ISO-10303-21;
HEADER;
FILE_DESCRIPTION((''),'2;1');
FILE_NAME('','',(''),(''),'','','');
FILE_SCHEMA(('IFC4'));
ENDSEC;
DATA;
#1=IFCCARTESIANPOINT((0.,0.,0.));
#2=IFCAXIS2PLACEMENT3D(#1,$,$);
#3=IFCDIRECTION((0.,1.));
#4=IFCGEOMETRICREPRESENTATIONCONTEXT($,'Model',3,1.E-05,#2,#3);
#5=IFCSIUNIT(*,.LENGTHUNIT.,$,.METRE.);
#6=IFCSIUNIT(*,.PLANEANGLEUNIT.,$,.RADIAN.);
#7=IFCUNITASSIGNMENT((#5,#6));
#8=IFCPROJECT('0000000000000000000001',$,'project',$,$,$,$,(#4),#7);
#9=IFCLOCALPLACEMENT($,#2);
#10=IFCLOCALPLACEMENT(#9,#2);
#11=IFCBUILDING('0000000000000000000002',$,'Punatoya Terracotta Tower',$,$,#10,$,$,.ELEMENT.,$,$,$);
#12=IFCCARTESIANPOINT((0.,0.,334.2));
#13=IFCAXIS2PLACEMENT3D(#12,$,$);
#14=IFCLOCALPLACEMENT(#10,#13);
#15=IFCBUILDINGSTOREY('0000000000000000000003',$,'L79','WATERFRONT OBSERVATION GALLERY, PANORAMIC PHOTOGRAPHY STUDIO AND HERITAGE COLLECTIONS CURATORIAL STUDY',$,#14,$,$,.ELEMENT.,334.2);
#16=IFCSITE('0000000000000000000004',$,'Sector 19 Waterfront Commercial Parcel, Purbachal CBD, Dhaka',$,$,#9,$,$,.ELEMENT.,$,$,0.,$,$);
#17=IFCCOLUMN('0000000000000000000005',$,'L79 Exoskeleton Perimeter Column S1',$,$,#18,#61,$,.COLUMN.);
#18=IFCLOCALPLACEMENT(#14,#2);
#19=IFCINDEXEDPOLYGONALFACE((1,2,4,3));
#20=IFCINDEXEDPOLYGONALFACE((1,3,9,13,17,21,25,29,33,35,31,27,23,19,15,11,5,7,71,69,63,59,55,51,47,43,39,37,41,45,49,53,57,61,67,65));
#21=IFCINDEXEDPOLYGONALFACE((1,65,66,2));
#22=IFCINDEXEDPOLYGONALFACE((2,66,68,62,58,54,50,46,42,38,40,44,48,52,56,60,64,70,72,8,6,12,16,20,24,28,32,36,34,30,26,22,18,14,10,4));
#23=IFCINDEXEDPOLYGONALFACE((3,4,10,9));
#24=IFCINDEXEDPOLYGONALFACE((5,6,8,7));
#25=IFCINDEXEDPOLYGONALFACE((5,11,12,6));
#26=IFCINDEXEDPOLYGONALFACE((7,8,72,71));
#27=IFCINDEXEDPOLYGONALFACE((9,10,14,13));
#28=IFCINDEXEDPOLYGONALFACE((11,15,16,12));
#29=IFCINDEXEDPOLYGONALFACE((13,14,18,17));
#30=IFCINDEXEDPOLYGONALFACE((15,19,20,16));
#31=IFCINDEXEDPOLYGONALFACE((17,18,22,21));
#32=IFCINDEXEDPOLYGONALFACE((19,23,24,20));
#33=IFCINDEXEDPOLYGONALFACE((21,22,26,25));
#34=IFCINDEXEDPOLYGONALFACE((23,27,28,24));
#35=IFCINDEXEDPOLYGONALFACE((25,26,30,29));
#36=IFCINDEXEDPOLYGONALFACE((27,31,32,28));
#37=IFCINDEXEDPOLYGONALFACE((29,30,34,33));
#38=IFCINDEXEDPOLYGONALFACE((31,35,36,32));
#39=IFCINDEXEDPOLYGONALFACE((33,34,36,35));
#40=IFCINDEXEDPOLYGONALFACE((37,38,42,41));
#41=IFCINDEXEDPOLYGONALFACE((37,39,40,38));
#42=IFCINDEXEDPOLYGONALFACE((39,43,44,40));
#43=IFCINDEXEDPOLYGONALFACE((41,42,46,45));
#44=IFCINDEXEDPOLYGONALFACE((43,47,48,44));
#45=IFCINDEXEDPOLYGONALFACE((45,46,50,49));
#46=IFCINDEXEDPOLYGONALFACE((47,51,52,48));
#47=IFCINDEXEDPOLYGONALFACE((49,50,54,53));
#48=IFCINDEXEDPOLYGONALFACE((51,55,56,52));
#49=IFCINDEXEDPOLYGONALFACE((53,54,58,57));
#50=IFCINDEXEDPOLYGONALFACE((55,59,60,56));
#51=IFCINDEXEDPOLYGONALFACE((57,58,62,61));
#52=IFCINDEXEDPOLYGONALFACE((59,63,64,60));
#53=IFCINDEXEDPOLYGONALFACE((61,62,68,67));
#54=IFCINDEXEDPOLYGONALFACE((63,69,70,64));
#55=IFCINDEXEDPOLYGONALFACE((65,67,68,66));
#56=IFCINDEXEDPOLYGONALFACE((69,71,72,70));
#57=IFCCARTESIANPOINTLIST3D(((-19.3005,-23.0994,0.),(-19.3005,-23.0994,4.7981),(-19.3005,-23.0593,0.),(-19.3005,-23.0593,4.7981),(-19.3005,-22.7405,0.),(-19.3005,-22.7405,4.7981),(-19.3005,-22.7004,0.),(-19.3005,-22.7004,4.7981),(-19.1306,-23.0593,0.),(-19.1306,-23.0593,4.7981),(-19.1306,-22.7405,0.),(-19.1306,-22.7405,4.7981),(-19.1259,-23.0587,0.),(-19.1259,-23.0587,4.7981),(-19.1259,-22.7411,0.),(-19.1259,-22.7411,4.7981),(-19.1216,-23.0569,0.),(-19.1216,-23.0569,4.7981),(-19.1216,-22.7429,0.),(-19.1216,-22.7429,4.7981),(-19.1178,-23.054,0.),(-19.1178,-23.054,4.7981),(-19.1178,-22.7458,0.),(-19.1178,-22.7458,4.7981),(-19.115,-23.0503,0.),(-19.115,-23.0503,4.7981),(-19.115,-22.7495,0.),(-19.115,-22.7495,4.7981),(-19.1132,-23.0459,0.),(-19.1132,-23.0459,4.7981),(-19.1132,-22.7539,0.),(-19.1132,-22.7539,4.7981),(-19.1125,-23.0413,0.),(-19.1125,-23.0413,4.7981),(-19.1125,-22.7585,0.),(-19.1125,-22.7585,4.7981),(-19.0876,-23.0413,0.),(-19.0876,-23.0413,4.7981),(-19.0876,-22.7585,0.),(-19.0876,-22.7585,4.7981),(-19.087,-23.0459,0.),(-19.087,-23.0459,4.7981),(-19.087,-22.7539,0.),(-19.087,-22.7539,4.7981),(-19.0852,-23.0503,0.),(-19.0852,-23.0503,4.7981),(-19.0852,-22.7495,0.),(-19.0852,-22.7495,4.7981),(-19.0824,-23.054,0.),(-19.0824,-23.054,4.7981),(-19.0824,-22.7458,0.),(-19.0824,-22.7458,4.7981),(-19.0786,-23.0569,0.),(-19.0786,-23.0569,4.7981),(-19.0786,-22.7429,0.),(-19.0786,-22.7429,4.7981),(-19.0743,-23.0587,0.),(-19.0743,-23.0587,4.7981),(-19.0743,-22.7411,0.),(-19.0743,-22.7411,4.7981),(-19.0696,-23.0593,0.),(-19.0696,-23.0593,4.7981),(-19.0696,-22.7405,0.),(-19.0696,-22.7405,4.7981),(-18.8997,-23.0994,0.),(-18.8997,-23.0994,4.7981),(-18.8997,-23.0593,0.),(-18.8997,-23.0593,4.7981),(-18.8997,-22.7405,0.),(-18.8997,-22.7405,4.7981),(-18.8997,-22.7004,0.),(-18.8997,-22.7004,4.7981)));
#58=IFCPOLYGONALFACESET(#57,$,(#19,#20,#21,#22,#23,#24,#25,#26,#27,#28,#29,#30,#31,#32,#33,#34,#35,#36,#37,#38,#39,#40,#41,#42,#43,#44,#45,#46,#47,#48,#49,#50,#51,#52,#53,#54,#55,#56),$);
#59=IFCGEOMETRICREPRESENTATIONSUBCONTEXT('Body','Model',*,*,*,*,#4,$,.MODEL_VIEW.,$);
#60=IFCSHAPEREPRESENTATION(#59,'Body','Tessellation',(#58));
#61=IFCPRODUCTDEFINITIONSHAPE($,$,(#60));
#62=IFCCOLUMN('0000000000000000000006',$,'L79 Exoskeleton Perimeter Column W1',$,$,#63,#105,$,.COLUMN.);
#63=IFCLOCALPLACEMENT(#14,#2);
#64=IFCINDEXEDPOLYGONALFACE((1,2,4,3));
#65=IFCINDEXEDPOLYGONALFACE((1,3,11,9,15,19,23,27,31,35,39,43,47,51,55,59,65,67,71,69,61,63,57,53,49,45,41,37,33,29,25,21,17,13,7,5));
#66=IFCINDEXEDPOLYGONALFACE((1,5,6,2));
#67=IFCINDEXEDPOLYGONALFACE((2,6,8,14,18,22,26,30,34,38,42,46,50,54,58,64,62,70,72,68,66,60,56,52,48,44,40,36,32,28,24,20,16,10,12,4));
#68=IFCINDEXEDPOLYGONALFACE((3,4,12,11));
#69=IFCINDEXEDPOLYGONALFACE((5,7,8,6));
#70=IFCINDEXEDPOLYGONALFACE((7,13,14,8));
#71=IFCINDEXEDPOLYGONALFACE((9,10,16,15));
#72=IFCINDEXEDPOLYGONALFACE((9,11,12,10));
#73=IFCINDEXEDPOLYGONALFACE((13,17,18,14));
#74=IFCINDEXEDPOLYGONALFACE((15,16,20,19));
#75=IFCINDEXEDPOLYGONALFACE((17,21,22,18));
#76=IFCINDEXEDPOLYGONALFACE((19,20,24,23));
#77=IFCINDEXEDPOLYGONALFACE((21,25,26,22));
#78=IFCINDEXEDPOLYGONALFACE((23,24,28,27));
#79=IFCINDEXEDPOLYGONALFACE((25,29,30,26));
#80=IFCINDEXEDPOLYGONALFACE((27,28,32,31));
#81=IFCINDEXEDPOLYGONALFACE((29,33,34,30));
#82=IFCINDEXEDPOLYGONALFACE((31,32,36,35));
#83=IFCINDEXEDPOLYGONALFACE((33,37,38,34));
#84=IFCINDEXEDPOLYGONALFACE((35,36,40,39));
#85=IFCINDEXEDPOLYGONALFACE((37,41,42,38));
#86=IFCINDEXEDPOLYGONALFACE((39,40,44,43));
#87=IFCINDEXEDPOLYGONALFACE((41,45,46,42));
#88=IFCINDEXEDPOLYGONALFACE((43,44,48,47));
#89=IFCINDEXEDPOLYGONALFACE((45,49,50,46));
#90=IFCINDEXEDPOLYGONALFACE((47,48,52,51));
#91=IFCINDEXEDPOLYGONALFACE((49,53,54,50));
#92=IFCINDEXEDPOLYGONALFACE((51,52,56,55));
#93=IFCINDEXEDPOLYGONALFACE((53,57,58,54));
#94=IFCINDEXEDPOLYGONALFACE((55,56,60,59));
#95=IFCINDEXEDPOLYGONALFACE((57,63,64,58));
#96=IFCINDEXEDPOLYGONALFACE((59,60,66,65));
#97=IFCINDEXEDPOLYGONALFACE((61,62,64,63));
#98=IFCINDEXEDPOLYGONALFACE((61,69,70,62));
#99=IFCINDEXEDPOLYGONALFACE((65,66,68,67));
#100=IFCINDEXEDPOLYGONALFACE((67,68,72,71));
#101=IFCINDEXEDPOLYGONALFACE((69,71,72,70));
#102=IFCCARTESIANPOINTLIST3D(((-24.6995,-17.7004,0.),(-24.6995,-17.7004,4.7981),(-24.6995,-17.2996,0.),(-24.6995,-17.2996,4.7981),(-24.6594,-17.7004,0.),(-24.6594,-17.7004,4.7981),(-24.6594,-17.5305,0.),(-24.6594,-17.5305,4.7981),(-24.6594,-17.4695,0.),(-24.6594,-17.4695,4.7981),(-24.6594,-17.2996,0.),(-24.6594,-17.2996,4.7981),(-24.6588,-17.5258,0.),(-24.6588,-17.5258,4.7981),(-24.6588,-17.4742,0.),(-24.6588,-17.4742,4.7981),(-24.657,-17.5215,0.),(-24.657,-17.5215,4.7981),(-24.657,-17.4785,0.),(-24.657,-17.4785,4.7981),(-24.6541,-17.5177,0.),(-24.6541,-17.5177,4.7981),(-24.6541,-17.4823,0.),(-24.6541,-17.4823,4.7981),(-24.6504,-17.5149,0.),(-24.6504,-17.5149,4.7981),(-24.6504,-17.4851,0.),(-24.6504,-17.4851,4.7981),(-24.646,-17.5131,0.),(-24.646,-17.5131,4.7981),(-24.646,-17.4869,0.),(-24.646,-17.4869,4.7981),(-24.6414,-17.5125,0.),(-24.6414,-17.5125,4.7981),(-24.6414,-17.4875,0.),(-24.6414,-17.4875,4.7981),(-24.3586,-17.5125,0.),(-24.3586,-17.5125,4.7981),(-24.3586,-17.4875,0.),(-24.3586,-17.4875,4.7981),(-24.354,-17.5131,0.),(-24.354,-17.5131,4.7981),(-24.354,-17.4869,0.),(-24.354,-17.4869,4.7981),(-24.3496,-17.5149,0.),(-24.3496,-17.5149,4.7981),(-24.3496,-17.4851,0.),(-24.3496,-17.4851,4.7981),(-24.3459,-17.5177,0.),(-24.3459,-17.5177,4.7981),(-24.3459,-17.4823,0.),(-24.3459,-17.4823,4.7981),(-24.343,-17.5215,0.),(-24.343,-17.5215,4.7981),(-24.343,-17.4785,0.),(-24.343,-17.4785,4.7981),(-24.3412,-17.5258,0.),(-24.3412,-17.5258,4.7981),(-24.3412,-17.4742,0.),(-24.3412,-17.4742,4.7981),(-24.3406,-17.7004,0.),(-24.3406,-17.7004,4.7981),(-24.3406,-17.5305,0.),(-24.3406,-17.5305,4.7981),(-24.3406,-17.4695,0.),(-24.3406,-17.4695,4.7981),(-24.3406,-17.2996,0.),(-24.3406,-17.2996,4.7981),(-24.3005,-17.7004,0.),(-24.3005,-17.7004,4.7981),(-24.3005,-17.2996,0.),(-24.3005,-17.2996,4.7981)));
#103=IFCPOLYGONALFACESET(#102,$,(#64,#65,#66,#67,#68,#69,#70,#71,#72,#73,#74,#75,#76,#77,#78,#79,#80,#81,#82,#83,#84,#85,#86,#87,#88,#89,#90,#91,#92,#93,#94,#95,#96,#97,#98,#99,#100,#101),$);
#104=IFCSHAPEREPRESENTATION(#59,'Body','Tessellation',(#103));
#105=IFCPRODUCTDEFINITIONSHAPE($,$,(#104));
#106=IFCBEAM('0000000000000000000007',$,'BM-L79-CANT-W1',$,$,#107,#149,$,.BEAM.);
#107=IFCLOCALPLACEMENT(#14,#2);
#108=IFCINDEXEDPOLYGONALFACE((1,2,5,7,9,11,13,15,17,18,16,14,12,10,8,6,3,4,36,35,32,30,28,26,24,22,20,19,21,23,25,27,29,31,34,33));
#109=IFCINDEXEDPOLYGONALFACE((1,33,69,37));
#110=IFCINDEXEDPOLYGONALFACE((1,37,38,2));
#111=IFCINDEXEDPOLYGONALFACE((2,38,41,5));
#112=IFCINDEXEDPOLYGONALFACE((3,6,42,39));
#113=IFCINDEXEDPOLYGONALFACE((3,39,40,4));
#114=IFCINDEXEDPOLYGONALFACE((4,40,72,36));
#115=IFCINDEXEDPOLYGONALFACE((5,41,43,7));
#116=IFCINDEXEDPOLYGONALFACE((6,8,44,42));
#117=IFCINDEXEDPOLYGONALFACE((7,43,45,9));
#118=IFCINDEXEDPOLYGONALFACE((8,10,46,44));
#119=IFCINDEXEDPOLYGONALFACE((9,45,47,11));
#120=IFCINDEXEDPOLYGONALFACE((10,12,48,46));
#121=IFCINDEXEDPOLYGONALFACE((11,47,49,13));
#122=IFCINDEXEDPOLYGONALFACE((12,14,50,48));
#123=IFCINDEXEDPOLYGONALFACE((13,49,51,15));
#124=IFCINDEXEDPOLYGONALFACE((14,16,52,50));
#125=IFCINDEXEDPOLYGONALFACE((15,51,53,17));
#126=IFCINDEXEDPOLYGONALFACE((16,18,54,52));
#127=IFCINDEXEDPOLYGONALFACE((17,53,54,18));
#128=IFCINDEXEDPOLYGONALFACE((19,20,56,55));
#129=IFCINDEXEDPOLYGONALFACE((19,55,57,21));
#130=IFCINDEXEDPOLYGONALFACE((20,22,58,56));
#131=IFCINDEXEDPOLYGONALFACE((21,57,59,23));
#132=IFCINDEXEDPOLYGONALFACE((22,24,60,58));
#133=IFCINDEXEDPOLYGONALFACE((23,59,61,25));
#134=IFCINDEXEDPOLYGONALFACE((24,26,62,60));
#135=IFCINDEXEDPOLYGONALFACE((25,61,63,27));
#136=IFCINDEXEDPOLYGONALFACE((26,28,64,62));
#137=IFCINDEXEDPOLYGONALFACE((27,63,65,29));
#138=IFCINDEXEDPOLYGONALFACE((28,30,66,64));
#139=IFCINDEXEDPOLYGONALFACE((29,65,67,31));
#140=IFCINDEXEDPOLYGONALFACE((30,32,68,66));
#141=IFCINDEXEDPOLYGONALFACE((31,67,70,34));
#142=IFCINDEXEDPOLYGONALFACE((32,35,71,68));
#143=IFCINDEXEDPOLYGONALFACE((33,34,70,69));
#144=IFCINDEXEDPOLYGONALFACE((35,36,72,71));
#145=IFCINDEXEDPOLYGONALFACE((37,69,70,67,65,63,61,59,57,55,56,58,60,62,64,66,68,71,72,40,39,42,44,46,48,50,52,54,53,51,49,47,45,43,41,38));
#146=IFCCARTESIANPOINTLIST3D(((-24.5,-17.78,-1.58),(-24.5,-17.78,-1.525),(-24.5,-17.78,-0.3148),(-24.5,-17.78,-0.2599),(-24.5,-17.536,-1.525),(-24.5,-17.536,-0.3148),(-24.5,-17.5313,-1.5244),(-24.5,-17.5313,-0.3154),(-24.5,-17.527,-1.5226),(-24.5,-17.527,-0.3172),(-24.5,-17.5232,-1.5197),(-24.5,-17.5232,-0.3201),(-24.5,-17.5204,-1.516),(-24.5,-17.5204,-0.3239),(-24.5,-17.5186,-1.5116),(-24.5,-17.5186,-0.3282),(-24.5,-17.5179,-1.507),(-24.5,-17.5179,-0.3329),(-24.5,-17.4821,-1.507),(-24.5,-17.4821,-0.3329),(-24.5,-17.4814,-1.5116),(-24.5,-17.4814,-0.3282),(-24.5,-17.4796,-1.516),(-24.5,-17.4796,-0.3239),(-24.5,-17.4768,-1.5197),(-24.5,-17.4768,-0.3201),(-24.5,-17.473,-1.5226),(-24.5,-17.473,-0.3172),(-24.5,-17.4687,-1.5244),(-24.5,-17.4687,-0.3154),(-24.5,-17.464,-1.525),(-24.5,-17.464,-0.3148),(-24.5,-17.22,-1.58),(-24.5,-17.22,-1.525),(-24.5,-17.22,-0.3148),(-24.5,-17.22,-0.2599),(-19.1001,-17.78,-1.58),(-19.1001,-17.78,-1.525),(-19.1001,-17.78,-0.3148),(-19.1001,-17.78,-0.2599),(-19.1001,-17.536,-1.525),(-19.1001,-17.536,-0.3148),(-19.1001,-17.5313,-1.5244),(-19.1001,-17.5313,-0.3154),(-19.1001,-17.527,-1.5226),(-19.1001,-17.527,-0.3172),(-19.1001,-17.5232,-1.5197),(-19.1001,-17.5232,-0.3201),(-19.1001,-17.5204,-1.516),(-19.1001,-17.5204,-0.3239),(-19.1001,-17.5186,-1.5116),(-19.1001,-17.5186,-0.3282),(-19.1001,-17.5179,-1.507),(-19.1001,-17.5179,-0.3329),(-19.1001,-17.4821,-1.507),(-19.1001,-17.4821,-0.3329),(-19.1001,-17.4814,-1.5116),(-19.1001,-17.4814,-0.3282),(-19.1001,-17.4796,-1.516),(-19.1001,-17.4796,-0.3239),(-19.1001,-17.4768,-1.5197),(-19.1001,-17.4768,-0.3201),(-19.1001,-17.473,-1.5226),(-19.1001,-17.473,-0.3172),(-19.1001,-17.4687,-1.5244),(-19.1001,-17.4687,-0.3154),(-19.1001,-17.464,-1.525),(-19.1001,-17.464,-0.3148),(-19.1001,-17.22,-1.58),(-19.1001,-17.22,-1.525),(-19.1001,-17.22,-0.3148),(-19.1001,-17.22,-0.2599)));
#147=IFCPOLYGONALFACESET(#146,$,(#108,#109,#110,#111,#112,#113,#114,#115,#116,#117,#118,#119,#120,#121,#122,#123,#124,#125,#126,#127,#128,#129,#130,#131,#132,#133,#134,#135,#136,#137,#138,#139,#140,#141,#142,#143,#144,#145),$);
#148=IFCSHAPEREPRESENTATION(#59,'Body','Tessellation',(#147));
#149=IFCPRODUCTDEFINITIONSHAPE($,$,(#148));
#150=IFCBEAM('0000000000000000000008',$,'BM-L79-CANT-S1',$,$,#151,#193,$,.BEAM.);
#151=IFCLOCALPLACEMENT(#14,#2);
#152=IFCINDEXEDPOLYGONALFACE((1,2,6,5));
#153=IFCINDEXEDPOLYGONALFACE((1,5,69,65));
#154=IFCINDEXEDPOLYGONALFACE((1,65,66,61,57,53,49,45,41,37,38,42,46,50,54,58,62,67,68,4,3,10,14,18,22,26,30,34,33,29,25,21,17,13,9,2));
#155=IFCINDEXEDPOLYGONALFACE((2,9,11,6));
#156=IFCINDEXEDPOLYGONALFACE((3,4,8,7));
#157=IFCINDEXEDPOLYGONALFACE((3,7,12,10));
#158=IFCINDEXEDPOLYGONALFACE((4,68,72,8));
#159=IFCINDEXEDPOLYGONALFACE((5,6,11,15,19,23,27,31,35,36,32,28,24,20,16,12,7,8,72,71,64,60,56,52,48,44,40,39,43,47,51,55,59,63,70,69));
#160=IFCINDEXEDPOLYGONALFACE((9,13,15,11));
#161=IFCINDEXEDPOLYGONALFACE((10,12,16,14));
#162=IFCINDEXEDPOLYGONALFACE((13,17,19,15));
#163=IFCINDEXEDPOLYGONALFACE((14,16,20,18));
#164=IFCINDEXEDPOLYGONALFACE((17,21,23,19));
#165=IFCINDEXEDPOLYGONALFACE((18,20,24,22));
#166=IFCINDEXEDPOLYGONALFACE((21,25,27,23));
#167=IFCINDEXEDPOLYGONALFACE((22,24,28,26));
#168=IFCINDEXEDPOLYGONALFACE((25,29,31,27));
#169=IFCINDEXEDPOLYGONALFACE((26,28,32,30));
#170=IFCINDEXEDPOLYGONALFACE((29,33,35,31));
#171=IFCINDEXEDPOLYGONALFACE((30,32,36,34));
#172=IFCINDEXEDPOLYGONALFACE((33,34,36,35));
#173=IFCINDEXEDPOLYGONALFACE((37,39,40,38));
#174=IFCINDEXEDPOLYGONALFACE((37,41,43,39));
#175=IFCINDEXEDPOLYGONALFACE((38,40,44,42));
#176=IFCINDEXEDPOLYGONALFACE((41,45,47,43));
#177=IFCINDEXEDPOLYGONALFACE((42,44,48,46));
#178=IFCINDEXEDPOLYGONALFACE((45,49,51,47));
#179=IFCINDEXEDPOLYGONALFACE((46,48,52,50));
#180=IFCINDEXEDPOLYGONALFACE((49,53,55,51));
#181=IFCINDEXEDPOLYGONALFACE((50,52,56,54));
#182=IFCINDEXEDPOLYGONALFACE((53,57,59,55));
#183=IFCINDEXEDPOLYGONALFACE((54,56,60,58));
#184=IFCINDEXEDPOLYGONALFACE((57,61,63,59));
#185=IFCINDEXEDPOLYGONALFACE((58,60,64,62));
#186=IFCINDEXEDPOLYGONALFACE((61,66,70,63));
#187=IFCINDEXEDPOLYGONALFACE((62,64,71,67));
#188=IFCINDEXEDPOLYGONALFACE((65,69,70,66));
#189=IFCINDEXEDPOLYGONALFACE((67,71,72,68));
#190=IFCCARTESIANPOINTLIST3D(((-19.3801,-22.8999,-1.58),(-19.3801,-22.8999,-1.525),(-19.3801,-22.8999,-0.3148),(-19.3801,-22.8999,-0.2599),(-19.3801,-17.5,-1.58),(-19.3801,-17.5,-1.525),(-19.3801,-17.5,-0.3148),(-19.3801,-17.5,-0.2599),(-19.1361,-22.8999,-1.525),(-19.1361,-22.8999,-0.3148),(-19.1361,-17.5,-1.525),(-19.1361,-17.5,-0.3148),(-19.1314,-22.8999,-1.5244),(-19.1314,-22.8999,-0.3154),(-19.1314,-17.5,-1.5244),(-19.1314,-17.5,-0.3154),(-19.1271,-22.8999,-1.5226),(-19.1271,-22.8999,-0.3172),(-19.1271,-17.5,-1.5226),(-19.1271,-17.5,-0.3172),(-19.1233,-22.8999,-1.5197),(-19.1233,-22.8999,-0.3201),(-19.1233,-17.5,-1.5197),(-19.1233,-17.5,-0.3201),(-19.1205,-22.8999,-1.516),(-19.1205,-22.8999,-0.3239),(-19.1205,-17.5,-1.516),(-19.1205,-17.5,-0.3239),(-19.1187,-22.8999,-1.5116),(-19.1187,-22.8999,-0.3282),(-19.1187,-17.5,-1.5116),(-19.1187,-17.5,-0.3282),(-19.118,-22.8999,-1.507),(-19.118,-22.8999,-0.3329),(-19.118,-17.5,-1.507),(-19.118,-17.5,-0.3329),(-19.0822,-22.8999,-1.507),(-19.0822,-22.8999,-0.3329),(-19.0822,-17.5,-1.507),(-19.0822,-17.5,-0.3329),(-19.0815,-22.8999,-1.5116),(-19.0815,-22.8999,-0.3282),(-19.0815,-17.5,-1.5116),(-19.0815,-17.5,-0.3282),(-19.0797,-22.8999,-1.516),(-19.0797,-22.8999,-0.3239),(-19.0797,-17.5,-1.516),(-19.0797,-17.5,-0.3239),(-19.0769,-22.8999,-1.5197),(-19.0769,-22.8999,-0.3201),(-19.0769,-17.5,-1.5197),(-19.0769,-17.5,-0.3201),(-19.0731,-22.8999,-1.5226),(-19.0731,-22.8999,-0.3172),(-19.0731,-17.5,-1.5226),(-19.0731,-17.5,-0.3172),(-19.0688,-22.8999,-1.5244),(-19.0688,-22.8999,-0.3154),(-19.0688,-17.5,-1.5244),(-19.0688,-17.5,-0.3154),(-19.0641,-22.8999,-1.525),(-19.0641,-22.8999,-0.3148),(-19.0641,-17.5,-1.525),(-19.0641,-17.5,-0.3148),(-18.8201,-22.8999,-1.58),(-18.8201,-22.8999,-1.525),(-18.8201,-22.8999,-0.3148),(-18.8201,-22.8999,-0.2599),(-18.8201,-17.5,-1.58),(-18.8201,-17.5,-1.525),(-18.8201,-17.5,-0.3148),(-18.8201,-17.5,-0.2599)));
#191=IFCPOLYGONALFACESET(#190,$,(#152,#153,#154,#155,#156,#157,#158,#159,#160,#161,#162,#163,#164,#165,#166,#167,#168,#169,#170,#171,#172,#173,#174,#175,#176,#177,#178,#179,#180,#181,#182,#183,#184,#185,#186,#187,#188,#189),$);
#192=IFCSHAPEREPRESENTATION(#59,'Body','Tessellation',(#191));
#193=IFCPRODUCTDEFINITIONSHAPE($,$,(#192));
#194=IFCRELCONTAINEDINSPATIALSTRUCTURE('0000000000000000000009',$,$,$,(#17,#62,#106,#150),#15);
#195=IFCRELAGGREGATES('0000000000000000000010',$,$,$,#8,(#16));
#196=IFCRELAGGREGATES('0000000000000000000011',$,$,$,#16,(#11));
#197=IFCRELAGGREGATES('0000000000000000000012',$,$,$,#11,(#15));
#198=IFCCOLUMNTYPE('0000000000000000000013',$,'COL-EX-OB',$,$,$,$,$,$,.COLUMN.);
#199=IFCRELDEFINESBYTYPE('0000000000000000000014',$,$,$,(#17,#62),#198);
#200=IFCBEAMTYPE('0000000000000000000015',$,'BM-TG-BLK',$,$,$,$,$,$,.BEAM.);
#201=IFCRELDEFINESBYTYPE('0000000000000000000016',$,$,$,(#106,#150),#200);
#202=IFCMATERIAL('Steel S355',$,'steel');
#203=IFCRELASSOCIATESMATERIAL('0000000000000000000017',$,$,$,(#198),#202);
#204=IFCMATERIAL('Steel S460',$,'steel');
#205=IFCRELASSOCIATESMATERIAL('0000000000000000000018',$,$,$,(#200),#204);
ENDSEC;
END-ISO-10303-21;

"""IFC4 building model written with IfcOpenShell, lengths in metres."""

from ifc_helpers import new_model, si_unit, direction, frame, origin, origin_2d, place, context, subcontext, project, spatial, i_section, extrude, material, material_profile, profile_set, type_object, element, save


model = new_model("IFC4")

# Units and contexts
model_context = context("Model", 3, precision=1e-05, world=origin(), true_north=direction((0.0, 1.0)))
body_context = subcontext(model_context, "Body", "Model", "MODEL_VIEW")
ifc_project = project(units=[si_unit("LENGTHUNIT", "METRE"), si_unit("PLANEANGLEUNIT", "RADIAN")], contexts=[model_context])

# Site, building, storey
site_placement = place(None, origin())
site = spatial("IfcSite", under=ifc_project, at=site_placement, Name="Sector 19 Waterfront Commercial Parcel, Purbachal CBD, Dhaka", CompositionType="ELEMENT", RefElevation=0.0)
building_placement = place(site_placement, origin())
building = spatial("IfcBuilding", under=site, at=building_placement, Name="Punatoya Terracotta Tower", CompositionType="ELEMENT")
storey_placement = place(building_placement, frame((0.0, 0.0, 334.2)))
storey = spatial("IfcBuildingStorey", under=building, at=storey_placement, Name="L79", Description="WATERFRONT OBSERVATION GALLERY, PANORAMIC PHOTOGRAPHY STUDIO AND HERITAGE COLLECTIONS CURATORIAL STUDY", CompositionType="ELEMENT", Elevation=334.2)

# Columns
ifc_material_1 = material(Name="Steel S355", Category="steel")
ifc_material_profile_1 = material_profile(ifc_material_1, i_section(OverallWidth=0.4009, OverallDepth=0.3989, WebThickness=0.0249, FlangeThickness=0.04, FilletRadius=0.0181, at=origin_2d()))
ifc_profile_set_1 = profile_set([ifc_material_profile_1], Name="Steel S355")
column_type = type_object("IfcColumnType", Name="COL-EX-OB", PredefinedType="COLUMN", material=ifc_profile_set_1)
for number, where, z_axis, x_axis, name in (
    (1, (-19.1001, -22.8999, 0.0), (0.0, 0.0, 1.0), (1.0, 0.0, 0.0), "L79 Exoskeleton Perimeter Column S1"),
    (2, (-24.5, -17.5, 0.0), (0.0, 0.0, 1.0), (0.0, 1.0, 0.0), "L79 Exoskeleton Perimeter Column W1"),
):
    element("IfcColumn", number, at=place(storey_placement, frame(where, z_axis=z_axis, x_axis=x_axis)), inside=storey, type_object=column_type, Name=name, PredefinedType="COLUMN", context=body_context, shape_type="SweptSolid", body=[
        extrude(i_section(OverallWidth=0.4009, OverallDepth=0.3989, WebThickness=0.0249, FlangeThickness=0.04, FilletRadius=0.0181, at=origin_2d()), origin(), (0.0, 0.0, 1.0), 4.7981),
    ])

# Beams
ifc_material_2 = material(Name="Steel S460", Category="steel")
ifc_material_profile_2 = material_profile(ifc_material_2, i_section(OverallWidth=0.5601, OverallDepth=1.3201, WebThickness=0.0359, FlangeThickness=0.0549, FilletRadius=0.0181, at=origin_2d()))
ifc_profile_set_2 = profile_set([ifc_material_profile_2], Name="Steel S460")
beam_type = type_object("IfcBeamType", Name="BM-TG-BLK", PredefinedType="BEAM", material=ifc_profile_set_2)
for number, where, z_axis, x_axis, name in (
    (3, (-24.5, -17.5, -0.9199), (1.0, 0.0, 0.0), (0.0, 1.0, 0.0), "BM-L79-CANT-W1"),
    (4, (-19.1001, -22.8999, -0.9199), (0.0, 1.0, 0.0), (-1.0, 0.0, 0.0), "BM-L79-CANT-S1"),
):
    element("IfcBeam", number, at=place(storey_placement, frame(where, z_axis=z_axis, x_axis=x_axis)), inside=storey, type_object=beam_type, Name=name, PredefinedType="BEAM", context=body_context, shape_type="SweptSolid", body=[
        extrude(i_section(OverallWidth=0.5601, OverallDepth=1.3201, WebThickness=0.0359, FlangeThickness=0.0549, FilletRadius=0.0181, at=origin_2d()), origin(), (0.0, 0.0, 1.0), 5.3999),
    ])

save(model, "model.ifc")
